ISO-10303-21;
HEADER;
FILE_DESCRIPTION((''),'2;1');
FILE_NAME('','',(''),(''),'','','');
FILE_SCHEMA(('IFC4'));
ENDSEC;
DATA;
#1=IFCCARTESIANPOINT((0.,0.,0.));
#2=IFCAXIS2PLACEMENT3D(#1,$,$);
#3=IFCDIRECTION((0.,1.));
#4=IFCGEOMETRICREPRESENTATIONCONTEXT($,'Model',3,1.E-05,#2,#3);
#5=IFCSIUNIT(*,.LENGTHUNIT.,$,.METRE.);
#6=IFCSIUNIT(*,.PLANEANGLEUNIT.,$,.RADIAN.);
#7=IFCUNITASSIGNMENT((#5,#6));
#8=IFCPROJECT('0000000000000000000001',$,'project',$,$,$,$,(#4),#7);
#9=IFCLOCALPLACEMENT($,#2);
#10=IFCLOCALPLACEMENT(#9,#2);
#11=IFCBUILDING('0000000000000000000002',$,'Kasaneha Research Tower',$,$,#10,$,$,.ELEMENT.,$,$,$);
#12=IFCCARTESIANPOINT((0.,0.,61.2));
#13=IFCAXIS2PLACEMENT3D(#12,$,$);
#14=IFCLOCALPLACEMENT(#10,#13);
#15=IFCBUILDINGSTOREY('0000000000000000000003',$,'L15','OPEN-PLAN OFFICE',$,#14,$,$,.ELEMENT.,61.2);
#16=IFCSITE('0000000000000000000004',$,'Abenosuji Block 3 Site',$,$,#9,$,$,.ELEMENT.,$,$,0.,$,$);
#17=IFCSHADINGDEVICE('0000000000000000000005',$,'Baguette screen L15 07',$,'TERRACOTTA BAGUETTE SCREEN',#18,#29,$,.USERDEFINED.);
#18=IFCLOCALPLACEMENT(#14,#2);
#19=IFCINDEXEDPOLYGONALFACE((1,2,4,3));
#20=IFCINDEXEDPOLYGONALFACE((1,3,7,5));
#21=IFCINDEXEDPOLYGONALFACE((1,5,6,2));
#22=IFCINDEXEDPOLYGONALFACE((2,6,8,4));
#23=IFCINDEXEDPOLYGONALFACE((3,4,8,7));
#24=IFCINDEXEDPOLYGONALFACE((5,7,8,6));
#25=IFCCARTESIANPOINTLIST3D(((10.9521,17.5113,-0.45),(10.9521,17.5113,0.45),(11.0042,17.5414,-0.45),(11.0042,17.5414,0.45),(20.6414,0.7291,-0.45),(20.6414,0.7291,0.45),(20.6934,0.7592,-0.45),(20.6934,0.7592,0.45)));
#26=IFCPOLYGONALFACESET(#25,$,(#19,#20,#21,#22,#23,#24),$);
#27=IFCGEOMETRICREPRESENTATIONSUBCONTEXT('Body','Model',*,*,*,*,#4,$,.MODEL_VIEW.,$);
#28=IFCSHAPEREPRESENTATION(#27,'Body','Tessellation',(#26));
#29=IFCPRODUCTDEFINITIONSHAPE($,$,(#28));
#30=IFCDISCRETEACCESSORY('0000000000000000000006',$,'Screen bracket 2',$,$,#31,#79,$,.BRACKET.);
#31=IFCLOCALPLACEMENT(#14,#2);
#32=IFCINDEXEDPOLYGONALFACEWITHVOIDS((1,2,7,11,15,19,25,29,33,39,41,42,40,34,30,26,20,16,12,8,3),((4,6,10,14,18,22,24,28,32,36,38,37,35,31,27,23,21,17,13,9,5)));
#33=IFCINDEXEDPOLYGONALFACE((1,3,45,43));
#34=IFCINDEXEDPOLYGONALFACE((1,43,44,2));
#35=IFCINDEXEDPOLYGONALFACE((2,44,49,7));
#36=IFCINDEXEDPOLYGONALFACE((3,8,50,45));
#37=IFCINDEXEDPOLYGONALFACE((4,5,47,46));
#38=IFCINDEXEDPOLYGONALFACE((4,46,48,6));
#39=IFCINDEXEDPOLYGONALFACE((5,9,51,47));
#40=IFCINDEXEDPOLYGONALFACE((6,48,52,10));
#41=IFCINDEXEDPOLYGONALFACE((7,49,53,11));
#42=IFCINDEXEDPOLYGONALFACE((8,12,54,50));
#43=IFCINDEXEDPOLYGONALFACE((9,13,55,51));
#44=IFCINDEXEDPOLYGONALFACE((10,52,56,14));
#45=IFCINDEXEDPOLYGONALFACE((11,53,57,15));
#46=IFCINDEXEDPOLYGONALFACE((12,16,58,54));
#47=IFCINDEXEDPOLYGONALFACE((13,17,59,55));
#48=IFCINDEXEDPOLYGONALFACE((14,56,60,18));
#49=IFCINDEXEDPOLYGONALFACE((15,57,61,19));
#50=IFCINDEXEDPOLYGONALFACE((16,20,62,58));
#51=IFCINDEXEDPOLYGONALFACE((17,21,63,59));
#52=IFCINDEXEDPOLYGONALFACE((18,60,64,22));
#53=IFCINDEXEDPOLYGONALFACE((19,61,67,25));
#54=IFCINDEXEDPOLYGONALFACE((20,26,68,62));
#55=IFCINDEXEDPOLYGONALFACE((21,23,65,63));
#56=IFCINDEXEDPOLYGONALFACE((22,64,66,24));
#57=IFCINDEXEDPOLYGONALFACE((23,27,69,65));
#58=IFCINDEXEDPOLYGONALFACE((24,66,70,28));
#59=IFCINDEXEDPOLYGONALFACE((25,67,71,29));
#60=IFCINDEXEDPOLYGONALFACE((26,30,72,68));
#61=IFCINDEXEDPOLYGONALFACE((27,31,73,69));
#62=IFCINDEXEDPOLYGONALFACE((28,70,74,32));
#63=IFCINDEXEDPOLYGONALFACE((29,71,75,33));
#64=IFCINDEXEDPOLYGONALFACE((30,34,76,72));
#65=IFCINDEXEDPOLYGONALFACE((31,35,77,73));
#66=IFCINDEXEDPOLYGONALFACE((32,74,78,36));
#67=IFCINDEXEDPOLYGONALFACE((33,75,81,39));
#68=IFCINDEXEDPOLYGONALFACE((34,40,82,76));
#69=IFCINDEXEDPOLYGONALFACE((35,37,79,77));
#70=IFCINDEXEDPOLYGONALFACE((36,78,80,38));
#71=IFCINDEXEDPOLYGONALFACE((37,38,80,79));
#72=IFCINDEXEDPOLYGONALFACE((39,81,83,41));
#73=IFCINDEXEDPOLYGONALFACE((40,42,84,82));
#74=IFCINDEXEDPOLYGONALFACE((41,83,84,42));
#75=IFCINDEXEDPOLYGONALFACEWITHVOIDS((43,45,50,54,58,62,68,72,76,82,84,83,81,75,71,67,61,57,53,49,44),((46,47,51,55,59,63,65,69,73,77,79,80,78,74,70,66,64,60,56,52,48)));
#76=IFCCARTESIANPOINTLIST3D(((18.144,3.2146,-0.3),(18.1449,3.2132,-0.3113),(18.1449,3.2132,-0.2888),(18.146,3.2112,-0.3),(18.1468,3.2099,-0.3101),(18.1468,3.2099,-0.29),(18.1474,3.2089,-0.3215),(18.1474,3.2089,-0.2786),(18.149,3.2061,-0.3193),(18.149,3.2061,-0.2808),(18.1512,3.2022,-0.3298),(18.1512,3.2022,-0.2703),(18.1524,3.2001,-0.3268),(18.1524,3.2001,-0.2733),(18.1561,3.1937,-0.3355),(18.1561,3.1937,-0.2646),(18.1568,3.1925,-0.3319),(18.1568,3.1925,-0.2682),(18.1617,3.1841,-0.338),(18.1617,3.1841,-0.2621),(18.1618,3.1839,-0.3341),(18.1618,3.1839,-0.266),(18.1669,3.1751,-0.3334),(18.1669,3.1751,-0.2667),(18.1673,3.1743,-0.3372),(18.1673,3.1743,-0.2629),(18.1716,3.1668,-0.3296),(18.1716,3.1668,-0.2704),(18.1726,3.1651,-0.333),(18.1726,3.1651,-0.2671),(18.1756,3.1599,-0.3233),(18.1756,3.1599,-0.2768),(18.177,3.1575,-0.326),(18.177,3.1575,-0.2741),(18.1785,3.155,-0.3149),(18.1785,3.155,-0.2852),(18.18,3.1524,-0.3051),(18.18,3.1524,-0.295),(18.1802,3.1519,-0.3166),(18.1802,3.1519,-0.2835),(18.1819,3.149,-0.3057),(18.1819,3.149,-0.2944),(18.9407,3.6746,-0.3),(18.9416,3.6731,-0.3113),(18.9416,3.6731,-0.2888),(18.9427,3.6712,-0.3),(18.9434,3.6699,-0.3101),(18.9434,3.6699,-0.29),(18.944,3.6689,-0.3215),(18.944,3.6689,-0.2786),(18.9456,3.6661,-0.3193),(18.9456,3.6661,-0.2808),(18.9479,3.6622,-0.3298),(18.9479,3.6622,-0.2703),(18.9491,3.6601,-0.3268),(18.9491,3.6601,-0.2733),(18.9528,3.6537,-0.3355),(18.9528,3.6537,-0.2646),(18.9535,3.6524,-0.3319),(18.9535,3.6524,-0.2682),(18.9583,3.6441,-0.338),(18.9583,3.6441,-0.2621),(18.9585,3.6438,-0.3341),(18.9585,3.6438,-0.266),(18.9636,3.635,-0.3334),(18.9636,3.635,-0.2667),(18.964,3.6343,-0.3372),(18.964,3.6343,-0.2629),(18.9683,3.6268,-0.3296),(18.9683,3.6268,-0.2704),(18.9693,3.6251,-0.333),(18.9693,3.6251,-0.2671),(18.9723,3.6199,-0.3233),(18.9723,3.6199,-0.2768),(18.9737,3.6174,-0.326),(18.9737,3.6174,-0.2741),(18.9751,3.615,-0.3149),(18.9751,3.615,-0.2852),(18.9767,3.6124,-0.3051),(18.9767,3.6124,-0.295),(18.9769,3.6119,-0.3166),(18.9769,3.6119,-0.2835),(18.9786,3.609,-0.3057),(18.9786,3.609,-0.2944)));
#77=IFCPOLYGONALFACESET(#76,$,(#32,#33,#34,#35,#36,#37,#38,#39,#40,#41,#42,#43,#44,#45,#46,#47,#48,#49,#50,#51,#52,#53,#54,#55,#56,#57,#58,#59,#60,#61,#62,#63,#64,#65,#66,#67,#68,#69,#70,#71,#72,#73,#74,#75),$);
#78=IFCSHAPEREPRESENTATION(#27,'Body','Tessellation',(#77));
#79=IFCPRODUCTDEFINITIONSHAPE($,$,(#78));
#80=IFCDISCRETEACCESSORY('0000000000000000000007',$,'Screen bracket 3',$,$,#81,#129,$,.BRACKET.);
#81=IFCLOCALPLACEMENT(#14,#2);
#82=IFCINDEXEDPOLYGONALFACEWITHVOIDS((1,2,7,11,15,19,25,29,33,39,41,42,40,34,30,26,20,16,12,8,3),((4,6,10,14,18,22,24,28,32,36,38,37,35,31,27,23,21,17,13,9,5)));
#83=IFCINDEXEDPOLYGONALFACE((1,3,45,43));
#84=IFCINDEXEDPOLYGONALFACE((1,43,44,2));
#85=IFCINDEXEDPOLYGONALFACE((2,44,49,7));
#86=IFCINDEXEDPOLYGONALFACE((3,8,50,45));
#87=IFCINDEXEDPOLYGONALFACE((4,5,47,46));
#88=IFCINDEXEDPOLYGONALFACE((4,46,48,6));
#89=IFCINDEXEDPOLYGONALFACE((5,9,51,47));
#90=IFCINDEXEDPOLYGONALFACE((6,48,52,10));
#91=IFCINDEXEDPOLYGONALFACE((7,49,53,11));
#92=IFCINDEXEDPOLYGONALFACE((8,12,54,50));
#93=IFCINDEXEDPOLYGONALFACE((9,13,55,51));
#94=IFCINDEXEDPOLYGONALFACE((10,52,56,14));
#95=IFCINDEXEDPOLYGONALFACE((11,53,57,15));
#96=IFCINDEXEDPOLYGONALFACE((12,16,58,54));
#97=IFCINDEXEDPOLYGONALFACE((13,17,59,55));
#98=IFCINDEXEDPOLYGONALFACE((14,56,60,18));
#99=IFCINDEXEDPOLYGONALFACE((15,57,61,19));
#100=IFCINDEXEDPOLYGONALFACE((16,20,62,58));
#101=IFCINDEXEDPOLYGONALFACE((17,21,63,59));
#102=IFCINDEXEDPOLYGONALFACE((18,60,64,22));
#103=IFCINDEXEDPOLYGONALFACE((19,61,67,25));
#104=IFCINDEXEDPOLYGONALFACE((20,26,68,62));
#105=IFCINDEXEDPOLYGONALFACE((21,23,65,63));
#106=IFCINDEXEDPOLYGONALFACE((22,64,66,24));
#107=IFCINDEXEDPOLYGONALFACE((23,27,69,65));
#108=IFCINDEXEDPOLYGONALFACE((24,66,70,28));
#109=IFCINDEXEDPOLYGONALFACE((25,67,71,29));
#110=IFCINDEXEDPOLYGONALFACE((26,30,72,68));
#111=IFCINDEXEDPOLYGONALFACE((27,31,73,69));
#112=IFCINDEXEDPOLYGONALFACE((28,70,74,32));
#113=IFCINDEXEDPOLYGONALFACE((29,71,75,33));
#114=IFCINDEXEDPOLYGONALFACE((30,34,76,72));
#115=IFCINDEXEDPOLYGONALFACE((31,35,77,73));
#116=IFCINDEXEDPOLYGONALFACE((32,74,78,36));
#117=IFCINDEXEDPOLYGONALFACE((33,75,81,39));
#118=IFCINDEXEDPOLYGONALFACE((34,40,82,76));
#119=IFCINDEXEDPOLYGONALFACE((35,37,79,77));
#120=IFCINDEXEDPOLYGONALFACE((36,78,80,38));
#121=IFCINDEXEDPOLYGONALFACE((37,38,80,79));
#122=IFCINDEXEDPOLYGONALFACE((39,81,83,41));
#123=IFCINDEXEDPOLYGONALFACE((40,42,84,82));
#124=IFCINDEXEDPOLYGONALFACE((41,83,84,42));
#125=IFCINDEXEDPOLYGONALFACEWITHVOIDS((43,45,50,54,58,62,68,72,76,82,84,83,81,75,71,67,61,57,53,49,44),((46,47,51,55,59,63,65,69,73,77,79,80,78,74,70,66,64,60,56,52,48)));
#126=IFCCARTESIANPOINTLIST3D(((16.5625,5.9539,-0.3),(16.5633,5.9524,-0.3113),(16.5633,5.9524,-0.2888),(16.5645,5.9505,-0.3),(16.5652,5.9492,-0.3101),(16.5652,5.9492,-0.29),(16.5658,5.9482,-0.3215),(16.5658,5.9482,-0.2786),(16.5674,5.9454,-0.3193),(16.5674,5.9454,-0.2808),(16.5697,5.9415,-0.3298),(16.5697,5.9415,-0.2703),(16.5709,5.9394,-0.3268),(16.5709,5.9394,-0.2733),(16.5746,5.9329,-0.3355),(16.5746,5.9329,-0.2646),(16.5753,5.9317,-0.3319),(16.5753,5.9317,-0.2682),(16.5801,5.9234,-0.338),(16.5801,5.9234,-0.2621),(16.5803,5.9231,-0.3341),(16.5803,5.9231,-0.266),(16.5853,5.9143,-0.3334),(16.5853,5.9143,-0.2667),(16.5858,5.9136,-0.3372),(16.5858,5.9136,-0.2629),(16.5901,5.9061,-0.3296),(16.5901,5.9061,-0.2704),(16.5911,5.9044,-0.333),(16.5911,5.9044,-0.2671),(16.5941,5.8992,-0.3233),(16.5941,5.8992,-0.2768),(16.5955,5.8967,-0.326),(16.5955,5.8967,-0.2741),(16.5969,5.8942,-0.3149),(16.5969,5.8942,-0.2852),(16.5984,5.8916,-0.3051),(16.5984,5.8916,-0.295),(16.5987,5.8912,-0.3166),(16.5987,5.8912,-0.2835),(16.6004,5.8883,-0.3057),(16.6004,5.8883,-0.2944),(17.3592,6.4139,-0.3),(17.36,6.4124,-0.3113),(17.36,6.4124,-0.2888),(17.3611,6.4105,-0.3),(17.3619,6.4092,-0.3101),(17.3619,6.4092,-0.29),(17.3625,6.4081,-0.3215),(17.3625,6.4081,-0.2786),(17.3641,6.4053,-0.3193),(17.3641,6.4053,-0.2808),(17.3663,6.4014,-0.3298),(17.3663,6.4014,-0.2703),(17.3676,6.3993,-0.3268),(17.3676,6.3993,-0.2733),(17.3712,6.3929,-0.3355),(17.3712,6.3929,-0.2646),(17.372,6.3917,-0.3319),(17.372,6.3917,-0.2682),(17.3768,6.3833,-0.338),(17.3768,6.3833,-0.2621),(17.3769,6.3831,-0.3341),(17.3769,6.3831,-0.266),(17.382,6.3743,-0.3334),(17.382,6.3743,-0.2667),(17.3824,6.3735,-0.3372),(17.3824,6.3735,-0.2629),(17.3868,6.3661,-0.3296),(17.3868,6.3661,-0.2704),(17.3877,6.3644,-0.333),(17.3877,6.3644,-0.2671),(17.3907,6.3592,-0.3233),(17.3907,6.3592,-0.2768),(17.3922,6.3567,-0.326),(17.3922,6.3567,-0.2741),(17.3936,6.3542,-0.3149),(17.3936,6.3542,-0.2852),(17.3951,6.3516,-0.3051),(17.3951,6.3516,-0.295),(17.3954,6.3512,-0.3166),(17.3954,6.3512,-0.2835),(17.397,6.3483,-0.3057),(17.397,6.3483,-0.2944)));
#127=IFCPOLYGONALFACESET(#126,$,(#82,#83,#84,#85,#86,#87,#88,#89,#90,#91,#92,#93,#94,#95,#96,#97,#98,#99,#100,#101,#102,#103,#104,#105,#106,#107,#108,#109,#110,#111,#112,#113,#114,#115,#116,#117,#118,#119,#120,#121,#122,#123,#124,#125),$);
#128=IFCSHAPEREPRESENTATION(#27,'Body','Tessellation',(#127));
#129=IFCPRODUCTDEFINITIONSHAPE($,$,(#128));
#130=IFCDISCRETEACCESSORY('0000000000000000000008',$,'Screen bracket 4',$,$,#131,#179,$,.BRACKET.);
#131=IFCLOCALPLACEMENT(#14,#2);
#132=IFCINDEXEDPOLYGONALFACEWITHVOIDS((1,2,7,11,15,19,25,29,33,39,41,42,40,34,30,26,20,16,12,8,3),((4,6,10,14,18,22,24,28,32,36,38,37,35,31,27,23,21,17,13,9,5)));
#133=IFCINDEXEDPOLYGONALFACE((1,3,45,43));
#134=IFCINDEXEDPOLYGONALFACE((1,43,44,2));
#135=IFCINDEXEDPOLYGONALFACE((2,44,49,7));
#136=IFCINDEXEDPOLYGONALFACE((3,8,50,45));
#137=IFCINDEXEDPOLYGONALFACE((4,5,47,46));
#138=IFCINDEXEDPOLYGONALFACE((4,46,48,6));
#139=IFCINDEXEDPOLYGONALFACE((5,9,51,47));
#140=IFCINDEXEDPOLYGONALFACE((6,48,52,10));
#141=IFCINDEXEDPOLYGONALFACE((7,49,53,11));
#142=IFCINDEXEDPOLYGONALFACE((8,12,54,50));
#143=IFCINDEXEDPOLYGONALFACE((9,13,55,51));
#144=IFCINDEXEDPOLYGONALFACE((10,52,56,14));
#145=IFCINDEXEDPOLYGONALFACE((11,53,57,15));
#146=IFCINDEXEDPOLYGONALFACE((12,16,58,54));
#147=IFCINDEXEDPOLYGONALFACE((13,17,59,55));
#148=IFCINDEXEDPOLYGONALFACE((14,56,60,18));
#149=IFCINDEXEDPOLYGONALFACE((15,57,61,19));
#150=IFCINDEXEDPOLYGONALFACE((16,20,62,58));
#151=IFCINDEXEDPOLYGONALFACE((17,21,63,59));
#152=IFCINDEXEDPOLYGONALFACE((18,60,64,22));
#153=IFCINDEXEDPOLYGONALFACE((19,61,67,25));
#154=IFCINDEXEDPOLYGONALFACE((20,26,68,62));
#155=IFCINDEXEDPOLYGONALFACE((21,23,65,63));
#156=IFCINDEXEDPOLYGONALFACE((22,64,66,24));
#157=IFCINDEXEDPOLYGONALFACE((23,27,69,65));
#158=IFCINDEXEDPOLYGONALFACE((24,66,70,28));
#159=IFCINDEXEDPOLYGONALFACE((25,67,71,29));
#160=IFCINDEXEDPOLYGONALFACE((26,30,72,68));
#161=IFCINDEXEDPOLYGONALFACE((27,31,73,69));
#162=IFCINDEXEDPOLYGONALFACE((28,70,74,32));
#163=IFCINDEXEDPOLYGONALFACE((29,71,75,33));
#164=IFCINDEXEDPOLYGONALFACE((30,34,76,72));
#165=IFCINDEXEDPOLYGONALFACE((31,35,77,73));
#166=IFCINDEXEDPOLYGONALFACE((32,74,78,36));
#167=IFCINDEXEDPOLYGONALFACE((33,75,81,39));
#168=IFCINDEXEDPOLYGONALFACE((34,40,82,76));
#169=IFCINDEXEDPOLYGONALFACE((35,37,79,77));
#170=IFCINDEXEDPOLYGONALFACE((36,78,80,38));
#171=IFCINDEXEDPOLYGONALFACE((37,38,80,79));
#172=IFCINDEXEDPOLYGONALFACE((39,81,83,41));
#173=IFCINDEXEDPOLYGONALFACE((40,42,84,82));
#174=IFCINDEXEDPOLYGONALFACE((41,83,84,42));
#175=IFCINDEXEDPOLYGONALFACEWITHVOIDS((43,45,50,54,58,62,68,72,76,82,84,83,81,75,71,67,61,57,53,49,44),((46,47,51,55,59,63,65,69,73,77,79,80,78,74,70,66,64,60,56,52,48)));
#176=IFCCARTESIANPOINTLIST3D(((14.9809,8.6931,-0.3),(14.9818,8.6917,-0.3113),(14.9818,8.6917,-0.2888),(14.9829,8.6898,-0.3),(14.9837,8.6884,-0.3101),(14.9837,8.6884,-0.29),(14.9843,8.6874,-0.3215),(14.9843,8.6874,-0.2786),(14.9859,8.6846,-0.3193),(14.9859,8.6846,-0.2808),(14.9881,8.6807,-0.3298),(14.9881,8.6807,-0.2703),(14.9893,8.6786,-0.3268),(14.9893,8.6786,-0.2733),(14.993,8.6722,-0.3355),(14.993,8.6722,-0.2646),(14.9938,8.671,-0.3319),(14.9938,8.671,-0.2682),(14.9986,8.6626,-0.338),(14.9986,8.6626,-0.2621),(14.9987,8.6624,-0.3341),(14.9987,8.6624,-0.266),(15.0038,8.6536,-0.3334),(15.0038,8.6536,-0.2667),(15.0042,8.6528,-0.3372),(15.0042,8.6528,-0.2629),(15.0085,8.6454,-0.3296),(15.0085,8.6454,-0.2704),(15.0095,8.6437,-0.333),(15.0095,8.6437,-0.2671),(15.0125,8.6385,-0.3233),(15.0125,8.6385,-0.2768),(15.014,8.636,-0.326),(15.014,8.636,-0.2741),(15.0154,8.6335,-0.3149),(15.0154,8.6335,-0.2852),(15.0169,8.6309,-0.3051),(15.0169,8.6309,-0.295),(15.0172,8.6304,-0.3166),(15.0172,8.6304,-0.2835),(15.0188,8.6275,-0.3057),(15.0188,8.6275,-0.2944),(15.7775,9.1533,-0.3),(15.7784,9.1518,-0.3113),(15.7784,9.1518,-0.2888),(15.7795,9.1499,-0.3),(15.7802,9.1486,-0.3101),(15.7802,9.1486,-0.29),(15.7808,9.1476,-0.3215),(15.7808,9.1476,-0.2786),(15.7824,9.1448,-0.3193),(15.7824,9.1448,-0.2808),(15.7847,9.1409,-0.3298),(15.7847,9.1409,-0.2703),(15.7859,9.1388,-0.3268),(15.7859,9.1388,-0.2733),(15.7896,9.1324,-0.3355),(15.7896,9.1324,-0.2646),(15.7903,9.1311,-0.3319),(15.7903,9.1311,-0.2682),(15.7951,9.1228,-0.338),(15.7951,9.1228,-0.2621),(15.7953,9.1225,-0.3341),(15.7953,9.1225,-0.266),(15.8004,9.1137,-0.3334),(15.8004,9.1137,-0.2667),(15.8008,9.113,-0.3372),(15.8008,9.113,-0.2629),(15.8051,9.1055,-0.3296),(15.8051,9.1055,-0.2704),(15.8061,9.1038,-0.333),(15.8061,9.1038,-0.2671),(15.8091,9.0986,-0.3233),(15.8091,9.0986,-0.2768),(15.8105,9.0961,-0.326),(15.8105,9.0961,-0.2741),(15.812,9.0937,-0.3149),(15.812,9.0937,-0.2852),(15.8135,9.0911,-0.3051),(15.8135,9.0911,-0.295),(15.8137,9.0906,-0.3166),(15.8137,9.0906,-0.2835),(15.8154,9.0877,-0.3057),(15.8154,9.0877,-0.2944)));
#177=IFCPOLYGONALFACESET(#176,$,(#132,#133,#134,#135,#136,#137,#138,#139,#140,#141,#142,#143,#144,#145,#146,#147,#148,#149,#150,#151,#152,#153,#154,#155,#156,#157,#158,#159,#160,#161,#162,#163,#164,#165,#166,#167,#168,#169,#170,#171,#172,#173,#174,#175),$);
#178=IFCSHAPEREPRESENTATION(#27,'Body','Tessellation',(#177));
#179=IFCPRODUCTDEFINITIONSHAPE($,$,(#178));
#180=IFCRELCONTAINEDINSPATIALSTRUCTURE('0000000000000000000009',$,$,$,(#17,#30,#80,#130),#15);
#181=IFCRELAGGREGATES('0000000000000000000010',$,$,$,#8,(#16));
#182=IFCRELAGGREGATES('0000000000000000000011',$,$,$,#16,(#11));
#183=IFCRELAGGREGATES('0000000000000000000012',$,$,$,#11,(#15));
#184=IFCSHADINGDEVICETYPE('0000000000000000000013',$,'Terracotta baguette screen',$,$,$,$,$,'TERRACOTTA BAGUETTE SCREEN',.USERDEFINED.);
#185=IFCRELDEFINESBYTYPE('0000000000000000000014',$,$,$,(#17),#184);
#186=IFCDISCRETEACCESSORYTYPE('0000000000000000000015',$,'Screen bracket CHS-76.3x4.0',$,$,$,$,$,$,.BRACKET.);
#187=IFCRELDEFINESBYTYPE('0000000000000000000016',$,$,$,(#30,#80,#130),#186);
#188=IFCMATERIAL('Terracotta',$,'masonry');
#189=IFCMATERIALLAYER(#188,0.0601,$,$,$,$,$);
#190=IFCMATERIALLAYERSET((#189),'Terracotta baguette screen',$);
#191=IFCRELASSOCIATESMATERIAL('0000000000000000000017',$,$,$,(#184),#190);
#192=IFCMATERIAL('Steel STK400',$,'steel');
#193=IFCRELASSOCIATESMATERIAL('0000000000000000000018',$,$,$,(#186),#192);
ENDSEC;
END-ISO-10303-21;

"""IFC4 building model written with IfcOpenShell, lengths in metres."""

from ifc_helpers import new_model, si_unit, direction, frame, origin, origin_2d, place, context, subcontext, project, spatial, rectangle, hollow_circle, extrude, material, layer, layer_set, material_profile, profile_set, type_object, element, save


model = new_model("IFC4")

# Units and contexts
model_context = context("Model", 3, precision=1e-05, world=origin(), true_north=direction((0.0, 1.0)))
body_context = subcontext(model_context, "Body", "Model", "MODEL_VIEW")
ifc_project = project(units=[si_unit("LENGTHUNIT", "METRE"), si_unit("PLANEANGLEUNIT", "RADIAN")], contexts=[model_context])

# Site, building, storey
site_placement = place(None, origin())
site = spatial("IfcSite", under=ifc_project, at=site_placement, Name="Abenosuji Block 3 Site", CompositionType="ELEMENT", RefElevation=0.0)
building_placement = place(site_placement, origin())
building = spatial("IfcBuilding", under=site, at=building_placement, Name="Kasaneha Research Tower", CompositionType="ELEMENT")
storey_placement = place(building_placement, frame((0.0, 0.0, 61.2)))
storey = spatial("IfcBuildingStorey", under=building, at=storey_placement, Name="L15", Description="OPEN-PLAN OFFICE", CompositionType="ELEMENT", Elevation=61.2)

# Shading device
ifc_material_1 = material(Name="Terracotta", Category="masonry")
ifc_layer_1 = layer(ifc_material_1, 0.0601)
ifc_layer_set_1 = layer_set([ifc_layer_1], Name="Terracotta baguette screen")
shading_device_type = type_object("IfcShadingDeviceType", Name="Terracotta baguette screen", ElementType="TERRACOTTA BAGUETTE SCREEN", PredefinedType="USERDEFINED", material=ifc_layer_set_1)
shading_device_placement = place(storey_placement, frame((15.8228, 9.1353, -0.45), z_axis=(0.0, 0.0, 1.0), x_axis=(-0.5, 0.866025, 0.0)))
element("IfcShadingDevice", 1, at=shading_device_placement, inside=storey, type_object=shading_device_type, Name="Baguette screen L15 07", ObjectType="TERRACOTTA BAGUETTE SCREEN", PredefinedType="USERDEFINED", context=body_context, shape_type="SweptSolid", body=[
    extrude(rectangle(XDim=19.3784, YDim=0.0601, at=origin_2d()), origin(), (0.0, 0.0, 1.0), 0.8999),
])

# Discrete accessories
ifc_material_2 = material(Name="Steel STK400", Category="steel")
ifc_material_profile_1 = material_profile(ifc_material_2, hollow_circle(Radius=0.0381, WallThickness=0.0039, at=origin_2d()), Name="CHS-76.3x4.0")
ifc_profile_set_1 = profile_set([ifc_material_profile_1], Name="Steel STK400")
discrete_accessory_type = type_object("IfcDiscreteAccessoryType", Name="Screen bracket CHS-76.3x4.0", PredefinedType="BRACKET", material=ifc_profile_set_1)
for number, where, z_axis, x_axis, name in (
    (2, (18.1631, 3.1816, -0.3), (0.866013, 0.500021, 0.0), (-0.500021, 0.866013, 0.0), "Screen bracket 2"),
    (3, (16.5815, 5.9209, -0.3), (0.866013, 0.500021, 0.0), (-0.500021, 0.866013, 0.0), "Screen bracket 3"),
    (4, (15.0, 8.6602, -0.3), (0.865898, 0.50022, 0.0), (-0.50022, 0.865898, 0.0), "Screen bracket 4"),
):
    element("IfcDiscreteAccessory", number, at=place(storey_placement, frame(where, z_axis=z_axis, x_axis=x_axis)), inside=storey, type_object=discrete_accessory_type, Name=name, PredefinedType="BRACKET", context=body_context, shape_type="SweptSolid", body=[
        extrude(hollow_circle(Radius=0.0381, WallThickness=0.0039, at=origin_2d()), origin(), (0.0, 0.0, 1.0), 0.9199),
    ])

save(model, "model.ifc")
